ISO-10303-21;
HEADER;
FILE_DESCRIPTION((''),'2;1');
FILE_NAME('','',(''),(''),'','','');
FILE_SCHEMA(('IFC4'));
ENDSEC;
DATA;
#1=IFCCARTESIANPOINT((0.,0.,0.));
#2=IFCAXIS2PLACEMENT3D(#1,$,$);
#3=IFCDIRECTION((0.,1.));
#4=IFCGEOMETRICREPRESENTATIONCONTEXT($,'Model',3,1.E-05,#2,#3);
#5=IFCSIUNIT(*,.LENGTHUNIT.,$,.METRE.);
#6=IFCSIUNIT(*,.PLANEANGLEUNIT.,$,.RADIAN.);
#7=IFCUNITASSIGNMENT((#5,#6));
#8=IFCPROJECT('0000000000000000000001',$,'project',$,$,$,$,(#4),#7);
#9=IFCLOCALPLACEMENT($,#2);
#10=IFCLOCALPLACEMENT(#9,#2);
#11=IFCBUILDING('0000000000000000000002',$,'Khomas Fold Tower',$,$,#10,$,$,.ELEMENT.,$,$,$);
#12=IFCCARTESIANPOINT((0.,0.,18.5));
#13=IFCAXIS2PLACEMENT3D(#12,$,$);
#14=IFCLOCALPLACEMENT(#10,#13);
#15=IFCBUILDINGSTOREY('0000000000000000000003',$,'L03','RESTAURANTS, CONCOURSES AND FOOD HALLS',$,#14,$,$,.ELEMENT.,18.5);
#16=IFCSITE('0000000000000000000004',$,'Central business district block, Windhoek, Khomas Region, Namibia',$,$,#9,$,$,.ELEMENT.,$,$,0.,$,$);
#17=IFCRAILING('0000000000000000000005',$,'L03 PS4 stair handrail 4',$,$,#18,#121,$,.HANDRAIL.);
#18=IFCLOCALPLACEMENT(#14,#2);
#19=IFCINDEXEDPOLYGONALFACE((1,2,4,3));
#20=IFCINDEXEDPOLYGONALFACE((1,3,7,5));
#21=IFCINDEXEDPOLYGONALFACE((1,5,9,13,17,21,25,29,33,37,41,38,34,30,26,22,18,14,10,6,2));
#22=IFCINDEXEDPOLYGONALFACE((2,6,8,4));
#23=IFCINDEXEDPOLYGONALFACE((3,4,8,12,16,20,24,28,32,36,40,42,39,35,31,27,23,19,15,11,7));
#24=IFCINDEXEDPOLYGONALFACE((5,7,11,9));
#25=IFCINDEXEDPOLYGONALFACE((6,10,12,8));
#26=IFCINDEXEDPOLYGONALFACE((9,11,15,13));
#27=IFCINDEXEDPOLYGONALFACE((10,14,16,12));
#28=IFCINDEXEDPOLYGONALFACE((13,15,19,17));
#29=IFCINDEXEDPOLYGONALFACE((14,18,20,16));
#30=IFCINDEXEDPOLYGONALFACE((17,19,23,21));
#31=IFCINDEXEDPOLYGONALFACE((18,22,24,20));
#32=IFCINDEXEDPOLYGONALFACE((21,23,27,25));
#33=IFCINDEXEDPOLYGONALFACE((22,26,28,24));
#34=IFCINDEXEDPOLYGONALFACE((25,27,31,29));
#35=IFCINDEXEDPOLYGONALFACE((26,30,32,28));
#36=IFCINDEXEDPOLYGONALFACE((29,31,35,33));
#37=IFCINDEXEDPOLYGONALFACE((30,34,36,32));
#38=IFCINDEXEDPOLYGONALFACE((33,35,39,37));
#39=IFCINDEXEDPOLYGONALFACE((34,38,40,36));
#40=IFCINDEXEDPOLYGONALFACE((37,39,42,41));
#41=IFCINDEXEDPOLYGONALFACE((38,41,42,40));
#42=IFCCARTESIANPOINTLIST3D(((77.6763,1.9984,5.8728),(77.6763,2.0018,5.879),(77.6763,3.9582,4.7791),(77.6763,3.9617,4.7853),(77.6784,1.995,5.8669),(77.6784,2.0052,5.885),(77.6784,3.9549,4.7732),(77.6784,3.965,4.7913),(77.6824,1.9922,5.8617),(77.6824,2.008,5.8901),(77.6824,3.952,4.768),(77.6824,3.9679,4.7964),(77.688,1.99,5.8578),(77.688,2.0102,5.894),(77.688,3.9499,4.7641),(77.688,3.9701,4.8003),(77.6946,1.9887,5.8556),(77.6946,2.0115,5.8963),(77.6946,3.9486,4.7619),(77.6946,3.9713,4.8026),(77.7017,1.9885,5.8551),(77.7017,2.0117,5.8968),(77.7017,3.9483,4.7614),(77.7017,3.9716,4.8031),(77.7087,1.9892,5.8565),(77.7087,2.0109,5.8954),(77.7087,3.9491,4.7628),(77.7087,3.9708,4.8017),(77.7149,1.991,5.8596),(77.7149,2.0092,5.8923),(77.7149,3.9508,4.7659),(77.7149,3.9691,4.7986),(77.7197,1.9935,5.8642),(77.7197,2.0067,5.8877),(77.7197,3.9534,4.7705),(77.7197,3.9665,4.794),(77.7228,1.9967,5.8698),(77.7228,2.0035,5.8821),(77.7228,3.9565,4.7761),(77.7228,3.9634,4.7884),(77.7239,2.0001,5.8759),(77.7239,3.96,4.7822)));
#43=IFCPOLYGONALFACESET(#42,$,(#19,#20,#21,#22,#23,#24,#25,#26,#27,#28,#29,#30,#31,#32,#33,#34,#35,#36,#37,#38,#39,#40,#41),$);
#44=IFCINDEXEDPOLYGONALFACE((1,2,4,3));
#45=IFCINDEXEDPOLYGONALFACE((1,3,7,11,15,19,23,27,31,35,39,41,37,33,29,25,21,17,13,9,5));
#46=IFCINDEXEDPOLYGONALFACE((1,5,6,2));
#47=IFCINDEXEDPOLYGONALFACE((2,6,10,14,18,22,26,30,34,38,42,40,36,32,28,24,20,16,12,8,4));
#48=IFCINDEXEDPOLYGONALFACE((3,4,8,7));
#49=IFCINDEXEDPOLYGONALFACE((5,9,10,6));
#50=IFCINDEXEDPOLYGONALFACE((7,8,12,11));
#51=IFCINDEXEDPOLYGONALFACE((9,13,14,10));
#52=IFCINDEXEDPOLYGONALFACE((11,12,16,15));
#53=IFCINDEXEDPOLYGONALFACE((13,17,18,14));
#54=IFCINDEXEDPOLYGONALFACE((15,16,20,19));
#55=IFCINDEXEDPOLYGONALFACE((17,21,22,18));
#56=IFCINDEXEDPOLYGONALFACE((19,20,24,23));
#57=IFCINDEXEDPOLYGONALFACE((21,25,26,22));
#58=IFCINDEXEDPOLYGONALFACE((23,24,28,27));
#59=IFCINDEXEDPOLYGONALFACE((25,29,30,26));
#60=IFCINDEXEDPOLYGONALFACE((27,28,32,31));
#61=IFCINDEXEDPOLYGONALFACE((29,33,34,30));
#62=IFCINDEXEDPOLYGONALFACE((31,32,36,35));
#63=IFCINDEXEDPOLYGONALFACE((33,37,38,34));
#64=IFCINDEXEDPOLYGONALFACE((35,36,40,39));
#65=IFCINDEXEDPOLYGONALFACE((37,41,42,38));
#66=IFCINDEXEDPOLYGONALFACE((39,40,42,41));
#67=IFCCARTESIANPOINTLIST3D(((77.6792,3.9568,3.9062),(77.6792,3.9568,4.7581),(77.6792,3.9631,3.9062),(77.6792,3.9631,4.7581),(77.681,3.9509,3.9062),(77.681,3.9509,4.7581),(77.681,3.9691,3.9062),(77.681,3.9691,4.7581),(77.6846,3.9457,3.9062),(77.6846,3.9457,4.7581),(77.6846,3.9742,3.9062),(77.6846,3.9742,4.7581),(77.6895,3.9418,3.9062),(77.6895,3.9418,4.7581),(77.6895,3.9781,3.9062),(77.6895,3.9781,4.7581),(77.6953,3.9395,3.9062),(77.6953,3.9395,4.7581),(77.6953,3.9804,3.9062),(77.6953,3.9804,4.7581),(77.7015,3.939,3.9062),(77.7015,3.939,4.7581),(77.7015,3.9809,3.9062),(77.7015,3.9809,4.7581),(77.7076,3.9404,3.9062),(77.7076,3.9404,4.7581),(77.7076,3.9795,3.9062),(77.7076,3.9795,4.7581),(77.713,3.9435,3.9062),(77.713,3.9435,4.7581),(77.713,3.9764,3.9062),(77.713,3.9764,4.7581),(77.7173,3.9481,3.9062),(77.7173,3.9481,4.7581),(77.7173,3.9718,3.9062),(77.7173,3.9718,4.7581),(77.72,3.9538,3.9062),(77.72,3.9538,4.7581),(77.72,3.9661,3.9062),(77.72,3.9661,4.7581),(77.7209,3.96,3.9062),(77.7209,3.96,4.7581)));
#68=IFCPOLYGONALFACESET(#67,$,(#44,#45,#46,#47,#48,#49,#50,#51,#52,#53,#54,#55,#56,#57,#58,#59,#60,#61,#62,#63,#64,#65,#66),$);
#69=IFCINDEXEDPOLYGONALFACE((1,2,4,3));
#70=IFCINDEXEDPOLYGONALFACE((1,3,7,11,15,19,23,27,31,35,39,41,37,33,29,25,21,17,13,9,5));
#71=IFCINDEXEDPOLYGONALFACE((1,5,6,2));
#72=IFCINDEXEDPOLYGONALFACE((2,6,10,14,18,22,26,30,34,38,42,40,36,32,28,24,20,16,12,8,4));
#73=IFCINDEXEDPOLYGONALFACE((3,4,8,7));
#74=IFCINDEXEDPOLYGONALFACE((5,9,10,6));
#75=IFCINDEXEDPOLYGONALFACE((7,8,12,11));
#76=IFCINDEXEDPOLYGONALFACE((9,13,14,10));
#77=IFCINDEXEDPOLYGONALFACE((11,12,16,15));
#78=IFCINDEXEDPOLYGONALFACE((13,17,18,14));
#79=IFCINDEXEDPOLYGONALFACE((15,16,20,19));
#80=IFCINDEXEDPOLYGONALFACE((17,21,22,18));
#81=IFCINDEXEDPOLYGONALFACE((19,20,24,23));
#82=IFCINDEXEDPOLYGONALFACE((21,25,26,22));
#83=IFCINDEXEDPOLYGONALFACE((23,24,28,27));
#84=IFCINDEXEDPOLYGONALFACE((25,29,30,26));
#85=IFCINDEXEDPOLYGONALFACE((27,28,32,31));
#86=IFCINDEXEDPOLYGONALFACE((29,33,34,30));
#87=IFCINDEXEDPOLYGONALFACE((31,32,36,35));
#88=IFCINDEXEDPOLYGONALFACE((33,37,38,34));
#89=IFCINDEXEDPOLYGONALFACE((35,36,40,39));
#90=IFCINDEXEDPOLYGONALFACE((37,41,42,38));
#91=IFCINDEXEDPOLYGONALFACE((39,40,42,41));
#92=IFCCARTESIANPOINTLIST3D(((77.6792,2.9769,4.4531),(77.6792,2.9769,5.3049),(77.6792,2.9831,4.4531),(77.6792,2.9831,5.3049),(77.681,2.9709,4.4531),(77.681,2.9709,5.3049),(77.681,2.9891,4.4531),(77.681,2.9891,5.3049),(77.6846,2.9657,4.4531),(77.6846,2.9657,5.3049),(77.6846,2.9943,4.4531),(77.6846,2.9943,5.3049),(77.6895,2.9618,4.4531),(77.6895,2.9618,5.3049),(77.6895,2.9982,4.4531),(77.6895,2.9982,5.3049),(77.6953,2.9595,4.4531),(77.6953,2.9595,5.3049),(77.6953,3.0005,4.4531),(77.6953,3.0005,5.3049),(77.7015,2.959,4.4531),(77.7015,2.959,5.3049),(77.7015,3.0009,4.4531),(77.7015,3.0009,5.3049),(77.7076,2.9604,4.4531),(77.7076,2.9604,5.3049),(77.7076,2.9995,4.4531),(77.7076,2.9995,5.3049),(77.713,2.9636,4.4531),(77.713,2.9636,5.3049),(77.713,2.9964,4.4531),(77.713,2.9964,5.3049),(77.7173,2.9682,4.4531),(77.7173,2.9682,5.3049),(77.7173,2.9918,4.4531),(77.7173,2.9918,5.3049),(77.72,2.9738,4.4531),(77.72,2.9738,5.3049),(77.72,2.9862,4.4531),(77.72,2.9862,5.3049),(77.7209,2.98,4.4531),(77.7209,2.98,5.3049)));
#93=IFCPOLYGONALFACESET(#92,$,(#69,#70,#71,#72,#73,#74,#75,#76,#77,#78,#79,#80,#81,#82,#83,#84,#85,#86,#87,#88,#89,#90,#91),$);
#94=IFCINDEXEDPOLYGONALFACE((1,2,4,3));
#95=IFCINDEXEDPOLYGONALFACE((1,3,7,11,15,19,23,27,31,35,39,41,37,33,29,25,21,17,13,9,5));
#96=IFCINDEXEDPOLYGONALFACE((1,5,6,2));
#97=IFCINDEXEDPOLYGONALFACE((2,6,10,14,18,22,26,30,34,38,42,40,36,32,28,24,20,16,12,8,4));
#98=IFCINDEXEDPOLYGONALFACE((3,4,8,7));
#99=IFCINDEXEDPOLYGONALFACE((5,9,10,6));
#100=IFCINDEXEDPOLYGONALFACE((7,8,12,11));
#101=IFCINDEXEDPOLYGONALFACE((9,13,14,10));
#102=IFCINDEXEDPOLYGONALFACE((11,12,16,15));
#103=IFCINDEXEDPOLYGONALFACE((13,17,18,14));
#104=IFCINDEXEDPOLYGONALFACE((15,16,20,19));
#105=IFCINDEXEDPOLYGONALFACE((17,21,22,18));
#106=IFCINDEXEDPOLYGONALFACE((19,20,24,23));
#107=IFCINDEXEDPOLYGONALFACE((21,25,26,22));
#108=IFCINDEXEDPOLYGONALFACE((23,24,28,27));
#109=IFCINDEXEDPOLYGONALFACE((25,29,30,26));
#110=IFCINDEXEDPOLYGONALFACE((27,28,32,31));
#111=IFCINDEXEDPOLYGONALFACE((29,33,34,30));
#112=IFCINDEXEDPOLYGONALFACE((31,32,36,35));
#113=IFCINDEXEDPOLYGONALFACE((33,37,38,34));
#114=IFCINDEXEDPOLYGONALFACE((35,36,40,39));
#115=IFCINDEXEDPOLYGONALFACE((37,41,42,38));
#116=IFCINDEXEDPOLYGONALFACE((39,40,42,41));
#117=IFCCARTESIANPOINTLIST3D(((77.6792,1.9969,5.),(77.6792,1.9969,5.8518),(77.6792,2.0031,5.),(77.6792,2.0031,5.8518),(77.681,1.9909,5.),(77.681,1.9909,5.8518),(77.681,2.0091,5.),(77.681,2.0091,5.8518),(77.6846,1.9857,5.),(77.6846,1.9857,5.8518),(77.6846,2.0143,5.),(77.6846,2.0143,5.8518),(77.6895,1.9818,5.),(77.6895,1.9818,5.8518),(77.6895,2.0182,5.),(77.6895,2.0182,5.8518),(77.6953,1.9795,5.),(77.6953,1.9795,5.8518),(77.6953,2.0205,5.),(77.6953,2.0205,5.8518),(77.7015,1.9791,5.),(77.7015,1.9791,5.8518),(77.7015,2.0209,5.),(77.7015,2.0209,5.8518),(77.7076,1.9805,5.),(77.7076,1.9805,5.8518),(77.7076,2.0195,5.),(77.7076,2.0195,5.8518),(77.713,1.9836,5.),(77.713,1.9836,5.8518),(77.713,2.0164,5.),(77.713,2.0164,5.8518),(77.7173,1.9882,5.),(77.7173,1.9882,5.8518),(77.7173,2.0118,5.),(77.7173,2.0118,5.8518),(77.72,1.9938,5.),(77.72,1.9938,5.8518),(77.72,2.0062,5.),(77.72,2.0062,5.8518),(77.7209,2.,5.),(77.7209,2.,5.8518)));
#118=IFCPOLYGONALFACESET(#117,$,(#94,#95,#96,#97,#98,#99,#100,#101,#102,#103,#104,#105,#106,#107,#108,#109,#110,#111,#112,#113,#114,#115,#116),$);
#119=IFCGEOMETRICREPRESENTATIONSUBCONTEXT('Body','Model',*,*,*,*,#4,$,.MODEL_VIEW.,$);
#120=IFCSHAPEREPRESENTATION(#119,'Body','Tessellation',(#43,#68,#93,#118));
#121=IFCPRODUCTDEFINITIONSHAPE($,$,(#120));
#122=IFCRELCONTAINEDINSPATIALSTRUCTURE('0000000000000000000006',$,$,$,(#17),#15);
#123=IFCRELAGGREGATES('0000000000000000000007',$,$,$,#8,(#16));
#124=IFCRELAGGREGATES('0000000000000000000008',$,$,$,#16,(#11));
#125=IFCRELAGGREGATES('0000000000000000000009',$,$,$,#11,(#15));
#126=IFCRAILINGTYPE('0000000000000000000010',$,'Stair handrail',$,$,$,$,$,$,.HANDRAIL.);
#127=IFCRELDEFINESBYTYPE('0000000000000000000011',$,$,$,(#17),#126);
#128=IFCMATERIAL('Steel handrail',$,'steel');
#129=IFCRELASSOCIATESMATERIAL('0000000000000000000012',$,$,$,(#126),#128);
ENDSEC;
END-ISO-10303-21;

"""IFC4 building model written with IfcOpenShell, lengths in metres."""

from ifc_helpers import new_model, si_unit, direction, frame, origin, origin_2d, place, context, subcontext, project, spatial, circle, extrude, source, transform, mapped, material, type_object, element, save


model = new_model("IFC4")

# Units and contexts
model_context = context("Model", 3, precision=1e-05, world=origin(), true_north=direction((0.0, 1.0)))
body_context = subcontext(model_context, "Body", "Model", "MODEL_VIEW")
ifc_project = project(units=[si_unit("LENGTHUNIT", "METRE"), si_unit("PLANEANGLEUNIT", "RADIAN")], contexts=[model_context])

# Site, building, storey
site_placement = place(None, origin())
site = spatial("IfcSite", under=ifc_project, at=site_placement, Name="Central business district block, Windhoek, Khomas Region, Namibia", CompositionType="ELEMENT", RefElevation=0.0)
building_placement = place(site_placement, origin())
building = spatial("IfcBuilding", under=site, at=building_placement, Name="Khomas Fold Tower", CompositionType="ELEMENT")
storey_placement = place(building_placement, frame((0.0, 0.0, 18.5)))
storey = spatial("IfcBuildingStorey", under=building, at=storey_placement, Name="L03", Description="RESTAURANTS, CONCOURSES AND FOOD HALLS", CompositionType="ELEMENT", Elevation=18.5)

# Railing
ifc_material_1 = material(Name="Steel handrail", Category="steel")
railing_type_1 = type_object("IfcRailingType", Name="Stair handrail", PredefinedType="HANDRAIL", material=ifc_material_1)
shared_shape_1 = source(origin(), body_context, "Body", "SweptSolid", [
    extrude(circle(Radius=0.0239, at=origin_2d()), frame((0.0, 0.0, 0.876), z_axis=(0.0, -0.873232, 0.487304), x_axis=(1.0, 0.0, 0.0)), (0.0, 0.0, 1.0), 2.2444),
    extrude(circle(Radius=0.021, at=origin_2d()), origin(), (0.0, 0.0, 1.0), 0.8518),
    extrude(circle(Radius=0.021, at=origin_2d()), frame((0.0, -0.98, 0.5469)), (0.0, 0.0, 1.0), 0.8518),
    extrude(circle(Radius=0.021, at=origin_2d()), frame((0.0, -1.96, 1.0938)), (0.0, 0.0, 1.0), 0.8518),
])
for number, where, name in (
    (1, (77.7, 3.96, 3.9062), "L03 PS4 stair handrail 4"),
):
    element("IfcRailing", number, at=place(storey_placement, frame(where)), inside=storey, type_object=railing_type_1, Name=name, PredefinedType="HANDRAIL", context=body_context, shape_type="MappedRepresentation", body=[
        mapped(shared_shape_1, transform((0.0, 0.0, 0.0))),
    ])

save(model, "model.ifc")
